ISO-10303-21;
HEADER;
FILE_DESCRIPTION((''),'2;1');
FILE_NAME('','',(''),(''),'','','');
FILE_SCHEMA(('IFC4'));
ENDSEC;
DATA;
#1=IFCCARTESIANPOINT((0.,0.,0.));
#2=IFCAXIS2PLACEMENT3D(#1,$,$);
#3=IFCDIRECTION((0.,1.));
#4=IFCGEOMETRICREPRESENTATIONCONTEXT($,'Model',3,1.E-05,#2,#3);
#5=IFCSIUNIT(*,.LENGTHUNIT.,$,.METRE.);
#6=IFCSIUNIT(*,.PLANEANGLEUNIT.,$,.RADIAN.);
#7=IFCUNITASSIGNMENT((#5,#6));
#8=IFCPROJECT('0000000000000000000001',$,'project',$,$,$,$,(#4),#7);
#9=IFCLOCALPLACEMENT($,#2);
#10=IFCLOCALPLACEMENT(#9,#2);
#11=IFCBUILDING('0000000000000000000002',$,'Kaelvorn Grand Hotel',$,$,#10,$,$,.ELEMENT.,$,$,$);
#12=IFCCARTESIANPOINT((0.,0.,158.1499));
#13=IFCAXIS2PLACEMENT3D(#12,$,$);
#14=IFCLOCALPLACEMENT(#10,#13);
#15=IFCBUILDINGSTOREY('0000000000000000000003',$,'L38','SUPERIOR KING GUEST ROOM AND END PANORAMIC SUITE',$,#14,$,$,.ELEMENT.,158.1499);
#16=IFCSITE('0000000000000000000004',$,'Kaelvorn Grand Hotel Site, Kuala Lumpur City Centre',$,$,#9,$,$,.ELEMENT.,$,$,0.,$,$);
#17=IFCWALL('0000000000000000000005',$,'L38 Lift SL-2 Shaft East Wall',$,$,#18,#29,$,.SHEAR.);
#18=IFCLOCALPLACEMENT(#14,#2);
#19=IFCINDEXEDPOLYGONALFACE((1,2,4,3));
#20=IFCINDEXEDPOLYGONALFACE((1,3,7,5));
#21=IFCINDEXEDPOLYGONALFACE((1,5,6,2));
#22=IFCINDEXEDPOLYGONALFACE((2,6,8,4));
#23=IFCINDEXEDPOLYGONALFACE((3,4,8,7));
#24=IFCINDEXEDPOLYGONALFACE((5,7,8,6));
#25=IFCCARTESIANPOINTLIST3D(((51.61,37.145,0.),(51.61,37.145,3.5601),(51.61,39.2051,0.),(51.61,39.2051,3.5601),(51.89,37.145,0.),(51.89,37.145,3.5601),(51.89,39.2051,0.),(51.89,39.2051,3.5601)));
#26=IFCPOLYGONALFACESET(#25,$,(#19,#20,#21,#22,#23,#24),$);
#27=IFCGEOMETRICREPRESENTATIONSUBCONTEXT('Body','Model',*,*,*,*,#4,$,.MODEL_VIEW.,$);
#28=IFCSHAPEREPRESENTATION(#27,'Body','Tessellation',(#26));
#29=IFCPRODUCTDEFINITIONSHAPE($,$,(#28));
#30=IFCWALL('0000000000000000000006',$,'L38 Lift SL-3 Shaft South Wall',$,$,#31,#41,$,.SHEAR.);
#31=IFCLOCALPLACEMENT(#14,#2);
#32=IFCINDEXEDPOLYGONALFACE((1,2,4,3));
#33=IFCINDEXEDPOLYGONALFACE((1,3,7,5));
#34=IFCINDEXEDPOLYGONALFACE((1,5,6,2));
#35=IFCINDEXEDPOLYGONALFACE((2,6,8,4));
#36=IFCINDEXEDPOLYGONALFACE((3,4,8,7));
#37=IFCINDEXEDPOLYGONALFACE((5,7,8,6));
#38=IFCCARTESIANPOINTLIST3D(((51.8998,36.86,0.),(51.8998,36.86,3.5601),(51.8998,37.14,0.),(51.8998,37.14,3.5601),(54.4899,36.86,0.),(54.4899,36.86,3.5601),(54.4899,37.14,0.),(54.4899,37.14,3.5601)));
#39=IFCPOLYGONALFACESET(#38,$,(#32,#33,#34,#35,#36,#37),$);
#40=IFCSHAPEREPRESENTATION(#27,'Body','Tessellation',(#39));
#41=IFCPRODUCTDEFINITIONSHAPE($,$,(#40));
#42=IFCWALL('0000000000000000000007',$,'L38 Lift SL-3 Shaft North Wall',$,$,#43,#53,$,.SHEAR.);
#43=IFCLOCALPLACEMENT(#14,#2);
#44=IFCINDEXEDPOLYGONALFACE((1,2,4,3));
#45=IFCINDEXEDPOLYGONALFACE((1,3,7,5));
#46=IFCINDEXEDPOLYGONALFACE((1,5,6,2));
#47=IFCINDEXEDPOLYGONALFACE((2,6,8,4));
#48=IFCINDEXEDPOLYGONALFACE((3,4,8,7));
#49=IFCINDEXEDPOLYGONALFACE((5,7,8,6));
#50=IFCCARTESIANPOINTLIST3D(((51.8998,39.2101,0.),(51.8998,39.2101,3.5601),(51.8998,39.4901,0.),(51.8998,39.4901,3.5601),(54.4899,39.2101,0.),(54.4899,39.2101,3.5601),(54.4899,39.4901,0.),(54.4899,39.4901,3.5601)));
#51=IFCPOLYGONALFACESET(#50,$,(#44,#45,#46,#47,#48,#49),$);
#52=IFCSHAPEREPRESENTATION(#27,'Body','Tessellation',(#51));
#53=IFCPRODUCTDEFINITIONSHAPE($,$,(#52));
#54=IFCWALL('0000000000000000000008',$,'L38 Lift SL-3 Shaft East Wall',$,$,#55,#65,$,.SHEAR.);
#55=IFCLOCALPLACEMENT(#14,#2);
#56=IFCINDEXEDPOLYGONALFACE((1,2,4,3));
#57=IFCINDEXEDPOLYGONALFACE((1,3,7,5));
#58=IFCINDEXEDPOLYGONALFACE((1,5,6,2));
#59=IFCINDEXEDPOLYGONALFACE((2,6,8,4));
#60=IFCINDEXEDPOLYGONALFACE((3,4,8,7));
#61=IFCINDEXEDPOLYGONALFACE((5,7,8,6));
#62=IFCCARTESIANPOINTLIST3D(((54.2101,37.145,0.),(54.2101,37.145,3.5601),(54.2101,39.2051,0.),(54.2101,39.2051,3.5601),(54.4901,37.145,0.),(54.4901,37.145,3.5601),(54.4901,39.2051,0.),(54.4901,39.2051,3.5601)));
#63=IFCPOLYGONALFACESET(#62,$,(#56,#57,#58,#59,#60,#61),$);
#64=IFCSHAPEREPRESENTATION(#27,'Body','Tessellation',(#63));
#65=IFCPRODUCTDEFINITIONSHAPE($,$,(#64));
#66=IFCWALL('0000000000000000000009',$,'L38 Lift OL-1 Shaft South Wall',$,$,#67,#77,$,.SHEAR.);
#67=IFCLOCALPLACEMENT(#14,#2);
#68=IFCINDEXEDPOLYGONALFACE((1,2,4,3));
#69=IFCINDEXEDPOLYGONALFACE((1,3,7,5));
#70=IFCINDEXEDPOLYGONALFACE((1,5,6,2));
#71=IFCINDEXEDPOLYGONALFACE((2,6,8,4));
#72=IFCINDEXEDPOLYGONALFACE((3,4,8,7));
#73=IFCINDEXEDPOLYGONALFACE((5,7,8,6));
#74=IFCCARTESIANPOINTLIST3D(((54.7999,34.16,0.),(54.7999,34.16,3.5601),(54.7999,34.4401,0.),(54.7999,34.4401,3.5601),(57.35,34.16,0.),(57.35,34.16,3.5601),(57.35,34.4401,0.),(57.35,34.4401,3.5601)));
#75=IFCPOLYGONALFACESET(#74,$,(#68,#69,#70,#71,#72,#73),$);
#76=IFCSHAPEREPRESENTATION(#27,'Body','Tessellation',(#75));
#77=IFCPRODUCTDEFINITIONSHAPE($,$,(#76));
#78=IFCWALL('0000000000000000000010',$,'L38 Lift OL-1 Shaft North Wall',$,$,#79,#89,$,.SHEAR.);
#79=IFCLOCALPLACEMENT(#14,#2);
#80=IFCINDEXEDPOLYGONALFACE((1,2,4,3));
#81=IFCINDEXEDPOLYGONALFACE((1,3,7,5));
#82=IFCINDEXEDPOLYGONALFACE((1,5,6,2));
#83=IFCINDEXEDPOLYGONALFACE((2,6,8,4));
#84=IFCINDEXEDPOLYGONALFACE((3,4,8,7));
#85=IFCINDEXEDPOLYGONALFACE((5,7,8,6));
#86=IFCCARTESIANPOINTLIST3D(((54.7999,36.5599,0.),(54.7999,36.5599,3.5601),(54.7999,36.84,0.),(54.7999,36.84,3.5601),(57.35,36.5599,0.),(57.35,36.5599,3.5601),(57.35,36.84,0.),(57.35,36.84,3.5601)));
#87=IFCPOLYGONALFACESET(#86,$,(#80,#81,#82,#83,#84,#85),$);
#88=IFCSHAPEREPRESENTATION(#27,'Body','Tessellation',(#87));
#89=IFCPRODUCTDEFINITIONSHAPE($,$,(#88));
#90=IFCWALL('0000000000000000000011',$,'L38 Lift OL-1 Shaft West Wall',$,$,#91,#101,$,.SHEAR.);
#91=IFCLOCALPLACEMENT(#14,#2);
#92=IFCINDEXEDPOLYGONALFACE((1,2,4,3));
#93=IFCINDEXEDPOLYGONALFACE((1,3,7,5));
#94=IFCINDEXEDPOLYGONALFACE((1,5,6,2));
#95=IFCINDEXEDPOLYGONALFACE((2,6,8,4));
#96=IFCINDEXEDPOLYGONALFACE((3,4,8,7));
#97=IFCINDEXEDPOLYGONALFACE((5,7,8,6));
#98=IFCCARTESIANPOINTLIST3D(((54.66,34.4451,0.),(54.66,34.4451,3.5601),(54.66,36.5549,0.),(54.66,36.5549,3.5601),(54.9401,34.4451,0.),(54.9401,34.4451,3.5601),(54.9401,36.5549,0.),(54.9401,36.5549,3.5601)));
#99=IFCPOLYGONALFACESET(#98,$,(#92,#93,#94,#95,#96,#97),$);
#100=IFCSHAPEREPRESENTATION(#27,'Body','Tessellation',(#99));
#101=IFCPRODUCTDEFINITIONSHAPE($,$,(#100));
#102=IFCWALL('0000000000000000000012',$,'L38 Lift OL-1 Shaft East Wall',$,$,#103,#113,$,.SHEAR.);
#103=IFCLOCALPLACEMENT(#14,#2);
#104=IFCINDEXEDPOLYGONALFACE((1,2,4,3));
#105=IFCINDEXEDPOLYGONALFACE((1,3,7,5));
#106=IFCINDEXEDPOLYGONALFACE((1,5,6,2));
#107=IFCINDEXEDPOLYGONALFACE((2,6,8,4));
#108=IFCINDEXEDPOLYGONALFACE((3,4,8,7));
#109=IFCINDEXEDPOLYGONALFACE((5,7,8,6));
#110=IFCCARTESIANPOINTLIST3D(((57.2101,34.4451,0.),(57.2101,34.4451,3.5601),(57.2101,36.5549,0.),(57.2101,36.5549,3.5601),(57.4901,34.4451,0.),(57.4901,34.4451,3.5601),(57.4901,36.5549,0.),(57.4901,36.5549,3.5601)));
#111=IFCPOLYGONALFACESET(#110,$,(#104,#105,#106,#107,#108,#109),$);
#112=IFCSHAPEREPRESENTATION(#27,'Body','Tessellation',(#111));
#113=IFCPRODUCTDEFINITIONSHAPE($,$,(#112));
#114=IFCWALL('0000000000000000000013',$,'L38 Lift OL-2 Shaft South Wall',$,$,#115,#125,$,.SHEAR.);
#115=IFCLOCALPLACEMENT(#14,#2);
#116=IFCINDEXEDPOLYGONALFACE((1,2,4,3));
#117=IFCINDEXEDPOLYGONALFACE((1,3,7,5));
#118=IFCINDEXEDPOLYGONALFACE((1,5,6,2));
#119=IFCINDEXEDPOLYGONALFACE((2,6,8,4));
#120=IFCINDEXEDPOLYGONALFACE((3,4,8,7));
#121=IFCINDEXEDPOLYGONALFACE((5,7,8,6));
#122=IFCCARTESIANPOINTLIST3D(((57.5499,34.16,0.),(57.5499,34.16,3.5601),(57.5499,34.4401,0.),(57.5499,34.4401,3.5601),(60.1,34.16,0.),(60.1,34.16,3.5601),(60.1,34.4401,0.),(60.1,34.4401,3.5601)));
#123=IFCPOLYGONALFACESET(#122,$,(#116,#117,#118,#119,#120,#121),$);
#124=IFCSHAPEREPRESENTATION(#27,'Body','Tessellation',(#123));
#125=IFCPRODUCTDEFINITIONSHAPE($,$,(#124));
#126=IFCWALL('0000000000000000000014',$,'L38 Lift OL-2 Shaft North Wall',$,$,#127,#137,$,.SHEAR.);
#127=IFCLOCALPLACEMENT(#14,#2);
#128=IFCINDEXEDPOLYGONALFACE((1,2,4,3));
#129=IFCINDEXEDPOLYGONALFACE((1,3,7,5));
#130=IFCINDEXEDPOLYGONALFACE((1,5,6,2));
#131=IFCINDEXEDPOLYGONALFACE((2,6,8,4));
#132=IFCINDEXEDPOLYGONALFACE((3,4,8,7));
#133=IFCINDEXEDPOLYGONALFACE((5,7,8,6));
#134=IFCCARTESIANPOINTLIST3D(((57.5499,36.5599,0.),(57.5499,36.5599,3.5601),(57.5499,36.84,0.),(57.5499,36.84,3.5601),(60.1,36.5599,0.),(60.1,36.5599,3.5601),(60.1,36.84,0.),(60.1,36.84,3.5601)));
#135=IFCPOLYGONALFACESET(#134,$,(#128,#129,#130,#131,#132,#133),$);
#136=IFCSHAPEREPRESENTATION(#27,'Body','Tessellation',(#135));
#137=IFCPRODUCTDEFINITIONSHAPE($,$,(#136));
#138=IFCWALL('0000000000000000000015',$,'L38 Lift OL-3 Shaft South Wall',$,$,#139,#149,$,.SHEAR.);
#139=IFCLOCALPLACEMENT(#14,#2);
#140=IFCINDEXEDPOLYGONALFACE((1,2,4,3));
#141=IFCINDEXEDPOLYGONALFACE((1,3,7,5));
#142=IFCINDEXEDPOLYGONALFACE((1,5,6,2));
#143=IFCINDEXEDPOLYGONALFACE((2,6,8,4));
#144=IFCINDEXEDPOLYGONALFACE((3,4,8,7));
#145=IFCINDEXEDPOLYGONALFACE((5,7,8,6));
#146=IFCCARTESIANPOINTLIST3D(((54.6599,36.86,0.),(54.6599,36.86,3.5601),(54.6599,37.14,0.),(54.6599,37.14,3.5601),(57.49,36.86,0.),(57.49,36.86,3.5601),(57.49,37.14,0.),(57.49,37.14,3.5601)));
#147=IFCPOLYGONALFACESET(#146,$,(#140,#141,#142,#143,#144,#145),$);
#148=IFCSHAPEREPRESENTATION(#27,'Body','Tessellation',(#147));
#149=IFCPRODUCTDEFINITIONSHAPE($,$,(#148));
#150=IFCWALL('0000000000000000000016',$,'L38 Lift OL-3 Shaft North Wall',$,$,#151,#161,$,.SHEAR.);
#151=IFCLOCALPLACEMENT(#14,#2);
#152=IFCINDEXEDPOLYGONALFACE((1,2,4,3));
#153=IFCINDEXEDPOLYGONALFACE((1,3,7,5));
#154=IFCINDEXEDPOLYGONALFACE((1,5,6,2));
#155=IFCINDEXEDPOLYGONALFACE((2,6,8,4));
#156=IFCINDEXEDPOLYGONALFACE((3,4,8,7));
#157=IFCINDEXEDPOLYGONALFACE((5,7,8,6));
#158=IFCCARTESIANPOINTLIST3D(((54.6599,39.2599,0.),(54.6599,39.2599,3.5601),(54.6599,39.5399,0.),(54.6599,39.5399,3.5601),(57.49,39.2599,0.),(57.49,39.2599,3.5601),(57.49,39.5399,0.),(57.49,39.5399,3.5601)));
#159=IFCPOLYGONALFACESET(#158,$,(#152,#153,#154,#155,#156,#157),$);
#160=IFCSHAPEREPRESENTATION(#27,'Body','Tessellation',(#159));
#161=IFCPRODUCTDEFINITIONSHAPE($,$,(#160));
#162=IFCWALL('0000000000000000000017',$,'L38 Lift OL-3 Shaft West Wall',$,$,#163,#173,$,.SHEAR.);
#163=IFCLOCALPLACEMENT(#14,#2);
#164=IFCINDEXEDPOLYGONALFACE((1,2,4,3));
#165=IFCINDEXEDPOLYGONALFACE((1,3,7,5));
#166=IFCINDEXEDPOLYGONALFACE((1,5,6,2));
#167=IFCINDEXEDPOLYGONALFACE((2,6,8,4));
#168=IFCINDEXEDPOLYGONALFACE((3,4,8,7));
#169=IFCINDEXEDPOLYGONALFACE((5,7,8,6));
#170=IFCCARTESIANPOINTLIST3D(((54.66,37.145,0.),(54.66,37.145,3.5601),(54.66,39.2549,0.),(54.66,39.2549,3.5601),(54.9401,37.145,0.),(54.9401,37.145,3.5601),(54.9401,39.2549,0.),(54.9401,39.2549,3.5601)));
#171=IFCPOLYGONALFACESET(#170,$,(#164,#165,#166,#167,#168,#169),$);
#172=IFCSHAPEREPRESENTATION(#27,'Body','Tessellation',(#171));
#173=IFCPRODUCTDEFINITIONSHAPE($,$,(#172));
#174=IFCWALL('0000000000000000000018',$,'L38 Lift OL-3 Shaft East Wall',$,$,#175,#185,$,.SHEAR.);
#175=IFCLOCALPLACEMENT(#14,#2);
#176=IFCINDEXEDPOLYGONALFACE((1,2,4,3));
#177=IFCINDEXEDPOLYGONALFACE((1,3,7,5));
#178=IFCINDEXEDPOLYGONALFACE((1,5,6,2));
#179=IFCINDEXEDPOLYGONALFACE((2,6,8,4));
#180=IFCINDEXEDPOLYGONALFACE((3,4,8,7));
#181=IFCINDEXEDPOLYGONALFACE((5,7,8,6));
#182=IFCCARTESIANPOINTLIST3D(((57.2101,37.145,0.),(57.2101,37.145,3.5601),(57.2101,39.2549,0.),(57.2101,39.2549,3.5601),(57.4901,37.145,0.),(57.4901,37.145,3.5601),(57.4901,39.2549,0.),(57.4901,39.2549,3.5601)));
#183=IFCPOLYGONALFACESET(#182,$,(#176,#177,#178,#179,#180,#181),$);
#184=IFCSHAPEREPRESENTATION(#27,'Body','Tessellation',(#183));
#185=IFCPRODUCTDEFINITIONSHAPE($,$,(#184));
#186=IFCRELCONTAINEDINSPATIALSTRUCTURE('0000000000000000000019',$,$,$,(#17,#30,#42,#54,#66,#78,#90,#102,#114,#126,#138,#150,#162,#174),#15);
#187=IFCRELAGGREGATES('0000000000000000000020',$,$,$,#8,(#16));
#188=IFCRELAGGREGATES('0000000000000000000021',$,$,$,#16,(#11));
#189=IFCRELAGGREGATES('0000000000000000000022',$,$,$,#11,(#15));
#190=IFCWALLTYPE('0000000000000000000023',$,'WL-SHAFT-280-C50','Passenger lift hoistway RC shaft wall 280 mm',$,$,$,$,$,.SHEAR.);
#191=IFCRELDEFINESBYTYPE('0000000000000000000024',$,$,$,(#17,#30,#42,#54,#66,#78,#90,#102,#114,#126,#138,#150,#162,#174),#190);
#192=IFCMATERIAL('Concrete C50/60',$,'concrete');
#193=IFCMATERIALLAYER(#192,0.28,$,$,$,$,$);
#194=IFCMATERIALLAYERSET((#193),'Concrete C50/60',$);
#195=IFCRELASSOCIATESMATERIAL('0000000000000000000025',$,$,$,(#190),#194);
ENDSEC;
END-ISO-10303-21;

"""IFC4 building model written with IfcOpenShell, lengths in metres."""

from ifc_helpers import new_model, si_unit, direction, frame, frame_2d, origin, place, context, subcontext, project, spatial, rectangle, extrude, material, layer, layer_set, type_object, element, save


model = new_model("IFC4")

# Units and contexts
model_context = context("Model", 3, precision=1e-05, world=origin(), true_north=direction((0.0, 1.0)))
body_context = subcontext(model_context, "Body", "Model", "MODEL_VIEW")
ifc_project = project(units=[si_unit("LENGTHUNIT", "METRE"), si_unit("PLANEANGLEUNIT", "RADIAN")], contexts=[model_context])

# Site, building, storey
site_placement = place(None, origin())
site = spatial("IfcSite", under=ifc_project, at=site_placement, Name="Kaelvorn Grand Hotel Site, Kuala Lumpur City Centre", CompositionType="ELEMENT", RefElevation=0.0)
building_placement = place(site_placement, origin())
building = spatial("IfcBuilding", under=site, at=building_placement, Name="Kaelvorn Grand Hotel", CompositionType="ELEMENT")
storey_placement = place(building_placement, frame((0.0, 0.0, 158.1499)))
storey = spatial("IfcBuildingStorey", under=building, at=storey_placement, Name="L38", Description="SUPERIOR KING GUEST ROOM AND END PANORAMIC SUITE", CompositionType="ELEMENT", Elevation=158.1499)

# Shared definitions
ifc_material_1 = material(Name="Concrete C50/60", Category="concrete")

# Shared definitions
ifc_layer_1 = layer(ifc_material_1, 0.28)
ifc_layer_set_1 = layer_set([ifc_layer_1], Name="Concrete C50/60")
wall_type_1 = type_object("IfcWallType", Name="WL-SHAFT-280-C50", Description="Passenger lift hoistway RC shaft wall 280 mm", PredefinedType="SHEAR", material=ifc_layer_set_1)

# Walls
wall_1_placement = place(storey_placement, frame((51.75, 37.145, 0.0), z_axis=(0.0, 0.0, 1.0), x_axis=(0.0, 1.0, 0.0)))
element("IfcWall", 1, at=wall_1_placement, inside=storey, type_object=wall_type_1, Name="L38 Lift SL-2 Shaft East Wall", PredefinedType="SHEAR", context=body_context, shape_type="SweptSolid", body=[
    extrude(rectangle(XDim=2.0601, YDim=0.28, at=frame_2d((1.03, 0.0))), origin(), (0.0, 0.0, 1.0), 3.5601),
])
for number, where, z_axis, x_axis, name in (
    (2, (51.8999, 37.0, 0.0), (0.0, 0.0, 1.0), (1.0, 0.0, 0.0), "L38 Lift SL-3 Shaft South Wall"),
    (3, (51.8999, 39.3501, 0.0), (0.0, 0.0, 1.0), (1.0, 0.0, 0.0), "L38 Lift SL-3 Shaft North Wall"),
):
    element("IfcWall", number, at=place(storey_placement, frame(where, z_axis=z_axis, x_axis=x_axis)), inside=storey, type_object=wall_type_1, Name=name, PredefinedType="SHEAR", context=body_context, shape_type="SweptSolid", body=[
        extrude(rectangle(XDim=2.5901, YDim=0.28, at=frame_2d((1.2949, 0.0))), origin(), (0.0, 0.0, 1.0), 3.5601),
    ])
wall_2_placement = place(storey_placement, frame((54.3501, 37.145, 0.0), z_axis=(0.0, 0.0, 1.0), x_axis=(0.0, 1.0, 0.0)))
element("IfcWall", 4, at=wall_2_placement, inside=storey, type_object=wall_type_1, Name="L38 Lift SL-3 Shaft East Wall", PredefinedType="SHEAR", context=body_context, shape_type="SweptSolid", body=[
    extrude(rectangle(XDim=2.0601, YDim=0.28, at=frame_2d((1.03, 0.0))), origin(), (0.0, 0.0, 1.0), 3.5601),
])
for number, where, z_axis, x_axis, name in (
    (5, (54.8, 34.3, 0.0), (0.0, 0.0, 1.0), (1.0, 0.0, 0.0), "L38 Lift OL-1 Shaft South Wall"),
    (6, (54.8, 36.7, 0.0), (0.0, 0.0, 1.0), (1.0, 0.0, 0.0), "L38 Lift OL-1 Shaft North Wall"),
):
    element("IfcWall", number, at=place(storey_placement, frame(where, z_axis=z_axis, x_axis=x_axis)), inside=storey, type_object=wall_type_1, Name=name, PredefinedType="SHEAR", context=body_context, shape_type="SweptSolid", body=[
        extrude(rectangle(XDim=2.55, YDim=0.28, at=frame_2d((1.2749, 0.0))), origin(), (0.0, 0.0, 1.0), 3.5601),
    ])
for number, where, z_axis, x_axis, name in (
    (7, (54.8, 34.4451, 0.0), (0.0, 0.0, 1.0), (0.0, 1.0, 0.0), "L38 Lift OL-1 Shaft West Wall"),
    (8, (57.3501, 34.4451, 0.0), (0.0, 0.0, 1.0), (0.0, 1.0, 0.0), "L38 Lift OL-1 Shaft East Wall"),
):
    element("IfcWall", number, at=place(storey_placement, frame(where, z_axis=z_axis, x_axis=x_axis)), inside=storey, type_object=wall_type_1, Name=name, PredefinedType="SHEAR", context=body_context, shape_type="SweptSolid", body=[
        extrude(rectangle(XDim=2.1099, YDim=0.28, at=frame_2d((1.0549, 0.0))), origin(), (0.0, 0.0, 1.0), 3.5601),
    ])
for number, where, z_axis, x_axis, name in (
    (9, (57.55, 34.3, 0.0), (0.0, 0.0, 1.0), (1.0, 0.0, 0.0), "L38 Lift OL-2 Shaft South Wall"),
    (10, (57.55, 36.7, 0.0), (0.0, 0.0, 1.0), (1.0, 0.0, 0.0), "L38 Lift OL-2 Shaft North Wall"),
):
    element("IfcWall", number, at=place(storey_placement, frame(where, z_axis=z_axis, x_axis=x_axis)), inside=storey, type_object=wall_type_1, Name=name, PredefinedType="SHEAR", context=body_context, shape_type="SweptSolid", body=[
        extrude(rectangle(XDim=2.55, YDim=0.28, at=frame_2d((1.2749, 0.0))), origin(), (0.0, 0.0, 1.0), 3.5601),
    ])
for number, where, z_axis, x_axis, name in (
    (11, (54.6599, 37.0, 0.0), (0.0, 0.0, 1.0), (1.0, 0.0, 0.0), "L38 Lift OL-3 Shaft South Wall"),
    (12, (54.6599, 39.3999, 0.0), (0.0, 0.0, 1.0), (1.0, 0.0, 0.0), "L38 Lift OL-3 Shaft North Wall"),
):
    element("IfcWall", number, at=place(storey_placement, frame(where, z_axis=z_axis, x_axis=x_axis)), inside=storey, type_object=wall_type_1, Name=name, PredefinedType="SHEAR", context=body_context, shape_type="SweptSolid", body=[
        extrude(rectangle(XDim=2.8301, YDim=0.28, at=frame_2d((1.415, 0.0))), origin(), (0.0, 0.0, 1.0), 3.5601),
    ])
for number, where, z_axis, x_axis, name in (
    (13, (54.8, 37.145, 0.0), (0.0, 0.0, 1.0), (0.0, 1.0, 0.0), "L38 Lift OL-3 Shaft West Wall"),
    (14, (57.3501, 37.145, 0.0), (0.0, 0.0, 1.0), (0.0, 1.0, 0.0), "L38 Lift OL-3 Shaft East Wall"),
):
    element("IfcWall", number, at=place(storey_placement, frame(where, z_axis=z_axis, x_axis=x_axis)), inside=storey, type_object=wall_type_1, Name=name, PredefinedType="SHEAR", context=body_context, shape_type="SweptSolid", body=[
        extrude(rectangle(XDim=2.1099, YDim=0.28, at=frame_2d((1.0549, 0.0))), origin(), (0.0, 0.0, 1.0), 3.5601),
    ])

save(model, "model.ifc")
